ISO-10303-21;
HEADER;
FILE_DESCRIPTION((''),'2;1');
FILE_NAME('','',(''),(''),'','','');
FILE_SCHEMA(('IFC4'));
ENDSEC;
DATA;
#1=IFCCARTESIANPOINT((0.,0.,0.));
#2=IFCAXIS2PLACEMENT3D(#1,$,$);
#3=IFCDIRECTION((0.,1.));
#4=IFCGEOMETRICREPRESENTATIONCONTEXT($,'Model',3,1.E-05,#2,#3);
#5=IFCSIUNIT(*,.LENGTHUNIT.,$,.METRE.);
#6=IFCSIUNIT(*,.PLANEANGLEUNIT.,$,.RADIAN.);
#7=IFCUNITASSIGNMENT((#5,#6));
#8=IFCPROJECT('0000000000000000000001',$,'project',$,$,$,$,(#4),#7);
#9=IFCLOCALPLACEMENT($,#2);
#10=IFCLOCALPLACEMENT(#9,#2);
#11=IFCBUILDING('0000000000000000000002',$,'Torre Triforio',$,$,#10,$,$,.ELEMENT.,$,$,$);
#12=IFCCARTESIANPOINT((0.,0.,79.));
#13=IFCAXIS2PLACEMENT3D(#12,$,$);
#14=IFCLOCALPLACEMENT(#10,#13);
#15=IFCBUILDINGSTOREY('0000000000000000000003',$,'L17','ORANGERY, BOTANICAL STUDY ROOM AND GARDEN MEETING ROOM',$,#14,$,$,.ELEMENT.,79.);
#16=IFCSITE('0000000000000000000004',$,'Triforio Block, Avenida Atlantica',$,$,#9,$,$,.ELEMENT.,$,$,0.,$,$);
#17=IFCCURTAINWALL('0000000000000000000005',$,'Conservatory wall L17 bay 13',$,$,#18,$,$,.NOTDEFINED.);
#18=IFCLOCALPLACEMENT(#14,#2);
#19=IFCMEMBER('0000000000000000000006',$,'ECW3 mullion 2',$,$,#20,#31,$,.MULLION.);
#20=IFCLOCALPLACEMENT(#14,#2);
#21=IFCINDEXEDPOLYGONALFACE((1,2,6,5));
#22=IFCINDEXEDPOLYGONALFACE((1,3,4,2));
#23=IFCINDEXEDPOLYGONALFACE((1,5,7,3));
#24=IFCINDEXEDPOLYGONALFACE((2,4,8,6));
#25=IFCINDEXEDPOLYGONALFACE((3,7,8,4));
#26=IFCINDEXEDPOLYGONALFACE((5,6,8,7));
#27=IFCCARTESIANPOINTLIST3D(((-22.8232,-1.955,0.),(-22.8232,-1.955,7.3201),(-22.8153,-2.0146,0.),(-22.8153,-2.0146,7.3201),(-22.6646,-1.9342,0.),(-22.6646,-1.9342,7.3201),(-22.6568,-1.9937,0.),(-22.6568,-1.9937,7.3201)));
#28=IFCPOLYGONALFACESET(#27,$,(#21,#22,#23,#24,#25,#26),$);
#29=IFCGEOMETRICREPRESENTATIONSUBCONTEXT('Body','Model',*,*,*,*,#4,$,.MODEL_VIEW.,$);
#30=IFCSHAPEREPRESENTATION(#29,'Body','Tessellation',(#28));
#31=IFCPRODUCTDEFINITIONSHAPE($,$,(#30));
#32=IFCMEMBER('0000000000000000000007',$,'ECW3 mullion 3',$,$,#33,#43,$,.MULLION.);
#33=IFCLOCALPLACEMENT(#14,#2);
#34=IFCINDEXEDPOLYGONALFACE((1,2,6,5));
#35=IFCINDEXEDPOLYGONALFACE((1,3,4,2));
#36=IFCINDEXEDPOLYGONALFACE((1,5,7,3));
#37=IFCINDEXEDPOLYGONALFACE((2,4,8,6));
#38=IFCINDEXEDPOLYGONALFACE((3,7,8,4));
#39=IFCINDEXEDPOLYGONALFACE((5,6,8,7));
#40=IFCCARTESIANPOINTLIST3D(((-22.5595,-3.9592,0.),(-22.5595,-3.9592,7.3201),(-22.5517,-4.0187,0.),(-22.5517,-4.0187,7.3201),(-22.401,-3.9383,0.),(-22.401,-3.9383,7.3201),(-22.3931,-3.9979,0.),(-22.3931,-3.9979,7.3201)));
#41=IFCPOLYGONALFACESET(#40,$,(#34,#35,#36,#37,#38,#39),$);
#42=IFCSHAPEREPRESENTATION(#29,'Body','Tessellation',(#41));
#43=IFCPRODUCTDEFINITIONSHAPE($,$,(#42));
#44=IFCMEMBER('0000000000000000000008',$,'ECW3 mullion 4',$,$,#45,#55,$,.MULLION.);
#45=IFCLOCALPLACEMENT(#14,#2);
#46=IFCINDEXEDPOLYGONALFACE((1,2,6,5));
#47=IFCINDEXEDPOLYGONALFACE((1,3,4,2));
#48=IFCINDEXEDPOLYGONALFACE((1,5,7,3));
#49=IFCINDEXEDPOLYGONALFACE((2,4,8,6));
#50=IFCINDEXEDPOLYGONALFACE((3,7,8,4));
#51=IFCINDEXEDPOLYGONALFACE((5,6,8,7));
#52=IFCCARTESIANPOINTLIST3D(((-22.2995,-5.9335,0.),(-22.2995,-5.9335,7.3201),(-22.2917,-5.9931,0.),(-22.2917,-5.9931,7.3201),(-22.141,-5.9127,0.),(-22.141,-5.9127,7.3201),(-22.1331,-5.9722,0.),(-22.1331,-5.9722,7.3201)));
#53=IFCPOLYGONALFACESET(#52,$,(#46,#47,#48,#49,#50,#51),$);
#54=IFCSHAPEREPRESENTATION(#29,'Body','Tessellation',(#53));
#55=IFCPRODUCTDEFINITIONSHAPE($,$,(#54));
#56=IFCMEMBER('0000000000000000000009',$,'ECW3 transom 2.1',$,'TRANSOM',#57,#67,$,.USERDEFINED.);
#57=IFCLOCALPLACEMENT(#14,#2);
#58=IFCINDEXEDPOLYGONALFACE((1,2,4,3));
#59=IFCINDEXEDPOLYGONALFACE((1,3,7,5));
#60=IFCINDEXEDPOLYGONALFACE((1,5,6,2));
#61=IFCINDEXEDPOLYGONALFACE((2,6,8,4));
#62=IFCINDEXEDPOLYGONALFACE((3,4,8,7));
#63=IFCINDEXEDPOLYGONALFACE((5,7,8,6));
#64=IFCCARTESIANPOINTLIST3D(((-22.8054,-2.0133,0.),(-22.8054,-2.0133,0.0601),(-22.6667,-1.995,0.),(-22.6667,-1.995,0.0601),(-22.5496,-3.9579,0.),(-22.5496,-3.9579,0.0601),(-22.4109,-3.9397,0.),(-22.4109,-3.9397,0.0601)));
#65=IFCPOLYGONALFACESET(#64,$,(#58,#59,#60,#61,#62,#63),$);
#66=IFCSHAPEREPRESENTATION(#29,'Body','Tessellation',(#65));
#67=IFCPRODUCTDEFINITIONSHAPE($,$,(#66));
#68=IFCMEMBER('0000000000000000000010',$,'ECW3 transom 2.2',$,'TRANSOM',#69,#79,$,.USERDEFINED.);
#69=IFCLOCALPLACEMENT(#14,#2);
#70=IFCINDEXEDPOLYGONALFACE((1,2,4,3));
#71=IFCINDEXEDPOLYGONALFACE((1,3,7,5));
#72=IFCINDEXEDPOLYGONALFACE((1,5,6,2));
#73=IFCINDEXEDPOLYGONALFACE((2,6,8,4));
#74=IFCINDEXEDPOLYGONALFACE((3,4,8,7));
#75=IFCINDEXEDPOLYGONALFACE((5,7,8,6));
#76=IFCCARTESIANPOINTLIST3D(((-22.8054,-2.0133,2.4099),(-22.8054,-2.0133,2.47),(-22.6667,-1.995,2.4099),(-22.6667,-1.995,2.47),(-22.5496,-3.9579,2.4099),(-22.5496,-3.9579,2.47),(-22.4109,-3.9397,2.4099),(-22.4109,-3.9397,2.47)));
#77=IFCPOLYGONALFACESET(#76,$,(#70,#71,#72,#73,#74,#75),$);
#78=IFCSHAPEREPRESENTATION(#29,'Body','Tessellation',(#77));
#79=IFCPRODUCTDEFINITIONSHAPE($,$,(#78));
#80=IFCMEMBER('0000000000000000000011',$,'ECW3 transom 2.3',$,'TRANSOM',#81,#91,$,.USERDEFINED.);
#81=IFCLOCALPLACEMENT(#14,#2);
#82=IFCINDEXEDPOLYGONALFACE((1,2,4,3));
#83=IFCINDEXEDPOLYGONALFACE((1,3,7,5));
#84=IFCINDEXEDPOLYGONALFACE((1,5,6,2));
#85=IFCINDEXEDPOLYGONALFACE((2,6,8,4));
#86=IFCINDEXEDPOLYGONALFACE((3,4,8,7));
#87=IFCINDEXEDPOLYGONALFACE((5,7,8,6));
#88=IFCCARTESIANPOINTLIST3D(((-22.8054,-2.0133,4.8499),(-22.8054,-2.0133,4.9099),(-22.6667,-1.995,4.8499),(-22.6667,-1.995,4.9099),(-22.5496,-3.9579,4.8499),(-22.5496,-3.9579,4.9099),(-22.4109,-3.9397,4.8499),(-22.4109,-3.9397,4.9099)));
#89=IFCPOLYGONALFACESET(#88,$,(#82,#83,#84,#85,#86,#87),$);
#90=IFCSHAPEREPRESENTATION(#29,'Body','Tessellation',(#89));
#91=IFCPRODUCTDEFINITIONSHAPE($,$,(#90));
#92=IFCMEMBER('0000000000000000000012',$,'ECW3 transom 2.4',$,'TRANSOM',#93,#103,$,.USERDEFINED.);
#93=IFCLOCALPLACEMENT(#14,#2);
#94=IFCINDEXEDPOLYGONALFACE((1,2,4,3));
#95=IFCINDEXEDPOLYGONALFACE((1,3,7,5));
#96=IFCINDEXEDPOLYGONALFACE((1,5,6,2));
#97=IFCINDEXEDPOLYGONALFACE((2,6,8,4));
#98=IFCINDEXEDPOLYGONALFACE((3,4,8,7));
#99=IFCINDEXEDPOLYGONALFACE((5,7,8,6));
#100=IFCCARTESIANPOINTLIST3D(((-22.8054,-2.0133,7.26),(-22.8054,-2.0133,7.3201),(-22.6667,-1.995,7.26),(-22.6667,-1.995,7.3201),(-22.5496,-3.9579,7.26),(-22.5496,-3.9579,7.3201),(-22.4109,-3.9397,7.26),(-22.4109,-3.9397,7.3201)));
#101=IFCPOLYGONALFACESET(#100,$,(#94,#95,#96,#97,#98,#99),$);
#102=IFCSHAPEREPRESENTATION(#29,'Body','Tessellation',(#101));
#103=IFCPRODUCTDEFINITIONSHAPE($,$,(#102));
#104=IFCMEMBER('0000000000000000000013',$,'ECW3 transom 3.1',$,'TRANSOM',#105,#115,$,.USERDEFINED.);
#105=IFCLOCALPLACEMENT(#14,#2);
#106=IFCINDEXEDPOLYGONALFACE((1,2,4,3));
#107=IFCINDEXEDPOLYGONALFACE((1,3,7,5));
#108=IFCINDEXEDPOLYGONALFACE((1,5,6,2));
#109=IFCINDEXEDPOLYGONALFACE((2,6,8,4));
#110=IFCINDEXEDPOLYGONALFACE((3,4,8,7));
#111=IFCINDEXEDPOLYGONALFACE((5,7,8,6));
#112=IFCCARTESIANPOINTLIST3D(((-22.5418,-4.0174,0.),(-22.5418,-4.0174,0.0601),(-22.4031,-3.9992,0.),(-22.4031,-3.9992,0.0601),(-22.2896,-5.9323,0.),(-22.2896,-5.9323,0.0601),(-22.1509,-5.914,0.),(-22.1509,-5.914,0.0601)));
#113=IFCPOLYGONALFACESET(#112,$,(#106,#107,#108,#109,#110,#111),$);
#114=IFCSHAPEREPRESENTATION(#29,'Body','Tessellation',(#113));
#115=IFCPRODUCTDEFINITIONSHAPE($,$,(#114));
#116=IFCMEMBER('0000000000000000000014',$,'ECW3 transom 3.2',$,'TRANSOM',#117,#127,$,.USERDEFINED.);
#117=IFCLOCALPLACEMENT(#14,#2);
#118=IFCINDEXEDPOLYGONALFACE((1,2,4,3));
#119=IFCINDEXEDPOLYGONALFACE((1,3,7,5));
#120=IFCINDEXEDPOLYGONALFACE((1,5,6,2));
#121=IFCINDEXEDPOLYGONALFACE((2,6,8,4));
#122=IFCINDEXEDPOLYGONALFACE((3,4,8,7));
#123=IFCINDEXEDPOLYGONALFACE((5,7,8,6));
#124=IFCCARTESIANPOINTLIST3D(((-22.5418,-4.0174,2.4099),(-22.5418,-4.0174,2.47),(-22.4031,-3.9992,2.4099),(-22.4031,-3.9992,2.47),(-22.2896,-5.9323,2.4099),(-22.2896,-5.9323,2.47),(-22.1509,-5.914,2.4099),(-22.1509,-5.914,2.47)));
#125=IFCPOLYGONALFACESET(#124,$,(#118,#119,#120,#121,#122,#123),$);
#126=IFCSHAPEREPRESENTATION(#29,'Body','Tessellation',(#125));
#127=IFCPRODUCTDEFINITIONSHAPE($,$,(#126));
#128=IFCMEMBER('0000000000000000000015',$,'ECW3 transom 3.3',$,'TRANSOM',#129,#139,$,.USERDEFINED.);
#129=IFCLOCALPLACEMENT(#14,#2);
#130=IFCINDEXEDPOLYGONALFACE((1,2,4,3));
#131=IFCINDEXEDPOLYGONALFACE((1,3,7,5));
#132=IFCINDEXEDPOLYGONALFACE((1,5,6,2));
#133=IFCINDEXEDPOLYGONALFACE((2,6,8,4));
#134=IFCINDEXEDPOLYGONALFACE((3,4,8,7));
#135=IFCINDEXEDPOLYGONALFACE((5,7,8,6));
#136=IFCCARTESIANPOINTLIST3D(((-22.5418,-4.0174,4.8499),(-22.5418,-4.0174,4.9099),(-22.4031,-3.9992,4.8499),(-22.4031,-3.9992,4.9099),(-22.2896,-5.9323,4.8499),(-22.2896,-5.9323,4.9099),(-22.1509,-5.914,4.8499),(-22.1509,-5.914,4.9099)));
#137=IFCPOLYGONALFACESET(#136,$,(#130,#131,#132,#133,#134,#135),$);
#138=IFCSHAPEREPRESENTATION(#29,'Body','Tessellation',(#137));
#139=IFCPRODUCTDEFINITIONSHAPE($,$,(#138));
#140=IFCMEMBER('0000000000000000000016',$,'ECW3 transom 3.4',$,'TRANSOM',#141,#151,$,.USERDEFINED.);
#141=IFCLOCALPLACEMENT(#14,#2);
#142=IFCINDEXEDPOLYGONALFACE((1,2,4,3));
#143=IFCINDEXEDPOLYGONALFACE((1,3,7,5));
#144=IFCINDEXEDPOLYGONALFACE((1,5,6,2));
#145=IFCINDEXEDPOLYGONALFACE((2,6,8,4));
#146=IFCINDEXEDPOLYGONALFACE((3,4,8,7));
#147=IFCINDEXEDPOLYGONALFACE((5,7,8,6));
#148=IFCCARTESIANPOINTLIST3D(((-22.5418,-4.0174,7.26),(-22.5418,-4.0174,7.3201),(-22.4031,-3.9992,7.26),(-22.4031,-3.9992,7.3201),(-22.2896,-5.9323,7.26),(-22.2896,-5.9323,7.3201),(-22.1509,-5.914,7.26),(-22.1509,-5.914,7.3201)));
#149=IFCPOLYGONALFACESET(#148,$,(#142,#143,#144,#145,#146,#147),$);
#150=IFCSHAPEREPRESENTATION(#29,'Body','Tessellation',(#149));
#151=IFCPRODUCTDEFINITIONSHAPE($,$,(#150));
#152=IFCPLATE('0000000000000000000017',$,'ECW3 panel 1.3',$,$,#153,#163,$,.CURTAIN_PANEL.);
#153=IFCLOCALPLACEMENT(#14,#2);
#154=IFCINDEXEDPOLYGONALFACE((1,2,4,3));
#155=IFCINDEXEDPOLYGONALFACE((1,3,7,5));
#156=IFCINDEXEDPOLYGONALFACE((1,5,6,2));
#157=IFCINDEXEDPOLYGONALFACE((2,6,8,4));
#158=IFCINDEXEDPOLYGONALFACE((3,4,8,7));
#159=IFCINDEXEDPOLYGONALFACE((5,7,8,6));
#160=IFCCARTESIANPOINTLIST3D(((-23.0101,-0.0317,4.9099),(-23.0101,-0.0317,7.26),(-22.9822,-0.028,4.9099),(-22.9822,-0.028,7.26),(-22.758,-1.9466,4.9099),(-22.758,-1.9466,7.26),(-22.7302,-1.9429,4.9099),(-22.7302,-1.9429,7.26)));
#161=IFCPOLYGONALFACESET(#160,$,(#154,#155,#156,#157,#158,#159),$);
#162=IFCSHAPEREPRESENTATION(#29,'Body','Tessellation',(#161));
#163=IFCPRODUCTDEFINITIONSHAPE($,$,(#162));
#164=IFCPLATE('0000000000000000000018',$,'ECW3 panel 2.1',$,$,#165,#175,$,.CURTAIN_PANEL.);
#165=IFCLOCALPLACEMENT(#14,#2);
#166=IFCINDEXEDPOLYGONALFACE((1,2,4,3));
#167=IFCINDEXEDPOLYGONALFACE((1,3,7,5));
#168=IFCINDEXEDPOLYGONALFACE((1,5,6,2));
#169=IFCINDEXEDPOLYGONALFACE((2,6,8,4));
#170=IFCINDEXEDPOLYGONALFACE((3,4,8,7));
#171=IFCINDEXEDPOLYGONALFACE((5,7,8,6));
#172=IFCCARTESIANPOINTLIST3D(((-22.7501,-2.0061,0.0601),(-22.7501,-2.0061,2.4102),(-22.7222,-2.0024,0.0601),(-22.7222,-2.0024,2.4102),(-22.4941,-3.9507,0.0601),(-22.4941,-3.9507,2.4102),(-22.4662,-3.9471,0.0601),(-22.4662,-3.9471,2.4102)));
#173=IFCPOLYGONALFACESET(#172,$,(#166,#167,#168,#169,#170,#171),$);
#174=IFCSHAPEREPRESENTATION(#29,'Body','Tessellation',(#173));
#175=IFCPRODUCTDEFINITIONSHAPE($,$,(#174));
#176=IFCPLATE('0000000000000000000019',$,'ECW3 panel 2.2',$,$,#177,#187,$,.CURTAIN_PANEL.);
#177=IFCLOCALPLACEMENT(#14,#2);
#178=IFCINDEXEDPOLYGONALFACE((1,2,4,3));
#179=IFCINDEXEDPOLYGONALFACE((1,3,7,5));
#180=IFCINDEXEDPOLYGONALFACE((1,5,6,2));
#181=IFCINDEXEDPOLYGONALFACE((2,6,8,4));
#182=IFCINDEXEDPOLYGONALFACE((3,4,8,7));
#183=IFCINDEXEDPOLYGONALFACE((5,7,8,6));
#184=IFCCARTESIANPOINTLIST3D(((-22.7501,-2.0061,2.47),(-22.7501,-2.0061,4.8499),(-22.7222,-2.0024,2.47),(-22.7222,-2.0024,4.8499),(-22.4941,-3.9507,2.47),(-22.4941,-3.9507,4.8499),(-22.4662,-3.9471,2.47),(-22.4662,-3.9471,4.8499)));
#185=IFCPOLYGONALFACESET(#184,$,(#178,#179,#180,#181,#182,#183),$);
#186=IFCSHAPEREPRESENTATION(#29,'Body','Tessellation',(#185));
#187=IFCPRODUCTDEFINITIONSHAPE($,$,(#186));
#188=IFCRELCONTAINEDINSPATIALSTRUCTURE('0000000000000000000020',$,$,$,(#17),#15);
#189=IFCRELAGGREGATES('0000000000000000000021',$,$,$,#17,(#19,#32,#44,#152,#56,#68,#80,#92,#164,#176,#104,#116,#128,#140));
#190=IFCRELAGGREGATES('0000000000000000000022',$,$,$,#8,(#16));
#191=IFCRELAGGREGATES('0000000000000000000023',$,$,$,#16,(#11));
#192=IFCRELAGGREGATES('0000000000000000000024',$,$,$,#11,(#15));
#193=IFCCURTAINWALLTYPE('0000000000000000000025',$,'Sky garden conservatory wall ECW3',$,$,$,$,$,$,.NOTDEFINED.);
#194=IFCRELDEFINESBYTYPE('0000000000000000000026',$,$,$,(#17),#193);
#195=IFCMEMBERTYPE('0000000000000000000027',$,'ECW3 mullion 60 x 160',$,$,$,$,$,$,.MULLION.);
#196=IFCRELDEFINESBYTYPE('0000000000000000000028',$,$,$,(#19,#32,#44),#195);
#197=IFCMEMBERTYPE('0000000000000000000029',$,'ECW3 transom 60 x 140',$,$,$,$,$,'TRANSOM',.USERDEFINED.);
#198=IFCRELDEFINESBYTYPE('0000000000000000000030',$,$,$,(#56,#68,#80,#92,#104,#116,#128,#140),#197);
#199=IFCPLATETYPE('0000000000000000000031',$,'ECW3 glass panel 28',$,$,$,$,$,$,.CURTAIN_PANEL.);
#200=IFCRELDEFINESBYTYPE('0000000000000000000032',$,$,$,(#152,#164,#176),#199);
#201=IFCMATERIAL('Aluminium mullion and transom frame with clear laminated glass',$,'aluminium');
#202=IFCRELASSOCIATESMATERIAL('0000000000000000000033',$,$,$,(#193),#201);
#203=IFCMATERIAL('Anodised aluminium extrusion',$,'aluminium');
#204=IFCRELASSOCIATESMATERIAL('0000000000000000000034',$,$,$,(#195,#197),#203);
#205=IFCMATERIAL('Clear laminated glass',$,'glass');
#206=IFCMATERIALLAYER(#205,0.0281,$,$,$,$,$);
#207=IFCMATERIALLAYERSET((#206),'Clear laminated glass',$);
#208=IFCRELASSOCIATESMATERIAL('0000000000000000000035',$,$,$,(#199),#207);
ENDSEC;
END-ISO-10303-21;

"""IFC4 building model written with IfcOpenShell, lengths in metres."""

from ifc_helpers import new_model, si_unit, direction, frame, origin, origin_2d, place, context, subcontext, project, spatial, rectangle, extrude, material, layer, layer_set, material_profile, profile_set, type_object, element, aggregate, save


model = new_model("IFC4")

# Units and contexts
model_context = context("Model", 3, precision=1e-05, world=origin(), true_north=direction((0.0, 1.0)))
body_context = subcontext(model_context, "Body", "Model", "MODEL_VIEW")
ifc_project = project(units=[si_unit("LENGTHUNIT", "METRE"), si_unit("PLANEANGLEUNIT", "RADIAN")], contexts=[model_context])

# Site, building, storey
site_placement = place(None, origin())
site = spatial("IfcSite", under=ifc_project, at=site_placement, Name="Triforio Block, Avenida Atlantica", CompositionType="ELEMENT", RefElevation=0.0)
building_placement = place(site_placement, origin())
building = spatial("IfcBuilding", under=site, at=building_placement, Name="Torre Triforio", CompositionType="ELEMENT")
storey_placement = place(building_placement, frame((0.0, 0.0, 79.0)))
storey = spatial("IfcBuildingStorey", under=building, at=storey_placement, Name="L17", Description="ORANGERY, BOTANICAL STUDY ROOM AND GARDEN MEETING ROOM", CompositionType="ELEMENT", Elevation=79.0)

# Curtain wall, members, plates
ifc_material_1 = material(Name="Aluminium mullion and transom frame with clear laminated glass", Category="aluminium")
curtain_wall_type = type_object("IfcCurtainWallType", Name="Sky garden conservatory wall ECW3", PredefinedType="NOTDEFINED", material=ifc_material_1)
curtain_wall_placement = place(storey_placement, origin())
curtain_wall = element("IfcCurtainWall", 1, at=curtain_wall_placement, inside=storey, type_object=curtain_wall_type, Name="Conservatory wall L17 bay 13", PredefinedType="NOTDEFINED")
ifc_material_2 = material(Name="Anodised aluminium extrusion", Category="aluminium")
ifc_material_profile_1 = material_profile(ifc_material_2, rectangle(XDim=0.1599, YDim=0.0601, at=origin_2d()), Name="ECW3 MULLION 60x160")
ifc_profile_set_1 = profile_set([ifc_material_profile_1], Name="Anodised aluminium extrusion")
member_type_1 = type_object("IfcMemberType", Name="ECW3 mullion 60 x 160", PredefinedType="MULLION", material=ifc_profile_set_1)
member_1_placement = place(storey_placement, frame((-22.74, -1.9744, 0.0), z_axis=(0.0, 0.0, 1.0), x_axis=(0.991446, 0.130521, 0.0)))
member_1 = element("IfcMember", 2, at=member_1_placement, type_object=member_type_1, Name="ECW3 mullion 2", PredefinedType="MULLION", context=body_context, shape_type="SweptSolid", body=[
    extrude(rectangle(XDim=0.1599, YDim=0.0601, at=origin_2d()), origin(), (0.0, 0.0, 1.0), 7.3201),
])
member_2_placement = place(storey_placement, frame((-22.4763, -3.9785, 0.0), z_axis=(0.0, 0.0, 1.0), x_axis=(0.991446, 0.130521, 0.0)))
member_2 = element("IfcMember", 3, at=member_2_placement, type_object=member_type_1, Name="ECW3 mullion 3", PredefinedType="MULLION", context=body_context, shape_type="SweptSolid", body=[
    extrude(rectangle(XDim=0.1599, YDim=0.0601, at=origin_2d()), origin(), (0.0, 0.0, 1.0), 7.3201),
])
member_3_placement = place(storey_placement, frame((-22.2163, -5.9529, 0.0), z_axis=(0.0, 0.0, 1.0), x_axis=(0.991446, 0.130521, 0.0)))
member_3 = element("IfcMember", 4, at=member_3_placement, type_object=member_type_1, Name="ECW3 mullion 4", PredefinedType="MULLION", context=body_context, shape_type="SweptSolid", body=[
    extrude(rectangle(XDim=0.1599, YDim=0.0601, at=origin_2d()), origin(), (0.0, 0.0, 1.0), 7.3201),
])
ifc_material_profile_2 = material_profile(ifc_material_2, rectangle(XDim=0.1399, YDim=0.0601, at=origin_2d()), Name="ECW3 TRANSOM 60x140")
ifc_profile_set_2 = profile_set([ifc_material_profile_2], Name="Anodised aluminium extrusion")
member_type_2 = type_object("IfcMemberType", Name="ECW3 transom 60 x 140", ElementType="TRANSOM", PredefinedType="USERDEFINED", material=ifc_profile_set_2)
member_4_placement = place(storey_placement, frame((-22.7361, -2.0042, 0.03), z_axis=(0.130451, -0.991455, 0.0), x_axis=(0.991455, 0.130451, 0.0)))
member_4 = element("IfcMember", 5, at=member_4_placement, type_object=member_type_2, Name="ECW3 transom 2.1", ObjectType="TRANSOM", PredefinedType="USERDEFINED", context=body_context, shape_type="SweptSolid", body=[
    extrude(rectangle(XDim=0.1399, YDim=0.0601, at=origin_2d()), origin(), (0.0, 0.0, 1.0), 1.9614),
])
member_5_placement = place(storey_placement, frame((-22.7361, -2.0042, 2.4399), z_axis=(0.130451, -0.991455, 0.0), x_axis=(0.991455, 0.130451, 0.0)))
member_5 = element("IfcMember", 6, at=member_5_placement, type_object=member_type_2, Name="ECW3 transom 2.2", ObjectType="TRANSOM", PredefinedType="USERDEFINED", context=body_context, shape_type="SweptSolid", body=[
    extrude(rectangle(XDim=0.1399, YDim=0.0601, at=origin_2d()), origin(), (0.0, 0.0, 1.0), 1.9614),
])
member_6_placement = place(storey_placement, frame((-22.7361, -2.0042, 4.8799), z_axis=(0.130451, -0.991455, 0.0), x_axis=(0.991455, 0.130451, 0.0)))
member_6 = element("IfcMember", 7, at=member_6_placement, type_object=member_type_2, Name="ECW3 transom 2.3", ObjectType="TRANSOM", PredefinedType="USERDEFINED", context=body_context, shape_type="SweptSolid", body=[
    extrude(rectangle(XDim=0.1399, YDim=0.0601, at=origin_2d()), origin(), (0.0, 0.0, 1.0), 1.9614),
])
member_7_placement = place(storey_placement, frame((-22.7361, -2.0042, 7.29), z_axis=(0.130451, -0.991455, 0.0), x_axis=(0.991455, 0.130451, 0.0)))
member_7 = element("IfcMember", 8, at=member_7_placement, type_object=member_type_2, Name="ECW3 transom 2.4", ObjectType="TRANSOM", PredefinedType="USERDEFINED", context=body_context, shape_type="SweptSolid", body=[
    extrude(rectangle(XDim=0.1399, YDim=0.0601, at=origin_2d()), origin(), (0.0, 0.0, 1.0), 1.9614),
])
member_8_placement = place(storey_placement, frame((-22.4724, -4.0083, 0.03), z_axis=(0.130582, -0.991438, 0.0), x_axis=(0.991438, 0.130582, 0.0)))
member_8 = element("IfcMember", 9, at=member_8_placement, type_object=member_type_2, Name="ECW3 transom 3.1", ObjectType="TRANSOM", PredefinedType="USERDEFINED", context=body_context, shape_type="SweptSolid", body=[
    extrude(rectangle(XDim=0.1399, YDim=0.0601, at=origin_2d()), origin(), (0.0, 0.0, 1.0), 1.9314),
])
member_9_placement = place(storey_placement, frame((-22.4724, -4.0083, 2.4399), z_axis=(0.130582, -0.991438, 0.0), x_axis=(0.991438, 0.130582, 0.0)))
member_9 = element("IfcMember", 10, at=member_9_placement, type_object=member_type_2, Name="ECW3 transom 3.2", ObjectType="TRANSOM", PredefinedType="USERDEFINED", context=body_context, shape_type="SweptSolid", body=[
    extrude(rectangle(XDim=0.1399, YDim=0.0601, at=origin_2d()), origin(), (0.0, 0.0, 1.0), 1.9314),
])
member_10_placement = place(storey_placement, frame((-22.4724, -4.0083, 4.8799), z_axis=(0.130582, -0.991438, 0.0), x_axis=(0.991438, 0.130582, 0.0)))
member_10 = element("IfcMember", 11, at=member_10_placement, type_object=member_type_2, Name="ECW3 transom 3.3", ObjectType="TRANSOM", PredefinedType="USERDEFINED", context=body_context, shape_type="SweptSolid", body=[
    extrude(rectangle(XDim=0.1399, YDim=0.0601, at=origin_2d()), origin(), (0.0, 0.0, 1.0), 1.9314),
])
member_11_placement = place(storey_placement, frame((-22.4724, -4.0083, 7.29), z_axis=(0.130582, -0.991438, 0.0), x_axis=(0.991438, 0.130582, 0.0)))
member_11 = element("IfcMember", 12, at=member_11_placement, type_object=member_type_2, Name="ECW3 transom 3.4", ObjectType="TRANSOM", PredefinedType="USERDEFINED", context=body_context, shape_type="SweptSolid", body=[
    extrude(rectangle(XDim=0.1399, YDim=0.0601, at=origin_2d()), origin(), (0.0, 0.0, 1.0), 1.9314),
])
ifc_material_3 = material(Name="Clear laminated glass", Category="glass")
ifc_layer_1 = layer(ifc_material_3, 0.0281)
ifc_layer_set_1 = layer_set([ifc_layer_1], Name="Clear laminated glass")
plate_type = type_object("IfcPlateType", Name="ECW3 glass panel 28", PredefinedType="CURTAIN_PANEL", material=ifc_layer_set_1)
plate_1_placement = place(storey_placement, frame((-22.8701, -0.9873, 4.9099), z_axis=(0.0, 0.0, 1.0), x_axis=(0.130521, -0.991446, 0.0)))
plate_1 = element("IfcPlate", 13, at=plate_1_placement, type_object=plate_type, Name="ECW3 panel 1.3", PredefinedType="CURTAIN_PANEL", context=body_context, shape_type="SweptSolid", body=[
    extrude(rectangle(XDim=1.9314, YDim=0.0281, at=origin_2d()), origin(), (0.0, 0.0, 1.0), 2.3501),
])
plate_2_placement = place(storey_placement, frame((-22.6082, -2.9766, 0.0601), z_axis=(0.0, 0.0, 1.0), x_axis=(0.130521, -0.991446, 0.0)))
plate_2 = element("IfcPlate", 14, at=plate_2_placement, type_object=plate_type, Name="ECW3 panel 2.1", PredefinedType="CURTAIN_PANEL", context=body_context, shape_type="SweptSolid", body=[
    extrude(rectangle(XDim=1.9614, YDim=0.0281, at=origin_2d()), origin(), (0.0, 0.0, 1.0), 2.3501),
])
plate_3_placement = place(storey_placement, frame((-22.6082, -2.9766, 2.47), z_axis=(0.0, 0.0, 1.0), x_axis=(0.130521, -0.991446, 0.0)))
plate_3 = element("IfcPlate", 15, at=plate_3_placement, type_object=plate_type, Name="ECW3 panel 2.2", PredefinedType="CURTAIN_PANEL", context=body_context, shape_type="SweptSolid", body=[
    extrude(rectangle(XDim=1.9614, YDim=0.0281, at=origin_2d()), origin(), (0.0, 0.0, 1.0), 2.3799),
])
aggregate(curtain_wall, [member_1, member_2, member_3, plate_1, member_4, member_5, member_6, member_7, plate_2, plate_3, member_8, member_9, member_10, member_11])

save(model, "model.ifc")
